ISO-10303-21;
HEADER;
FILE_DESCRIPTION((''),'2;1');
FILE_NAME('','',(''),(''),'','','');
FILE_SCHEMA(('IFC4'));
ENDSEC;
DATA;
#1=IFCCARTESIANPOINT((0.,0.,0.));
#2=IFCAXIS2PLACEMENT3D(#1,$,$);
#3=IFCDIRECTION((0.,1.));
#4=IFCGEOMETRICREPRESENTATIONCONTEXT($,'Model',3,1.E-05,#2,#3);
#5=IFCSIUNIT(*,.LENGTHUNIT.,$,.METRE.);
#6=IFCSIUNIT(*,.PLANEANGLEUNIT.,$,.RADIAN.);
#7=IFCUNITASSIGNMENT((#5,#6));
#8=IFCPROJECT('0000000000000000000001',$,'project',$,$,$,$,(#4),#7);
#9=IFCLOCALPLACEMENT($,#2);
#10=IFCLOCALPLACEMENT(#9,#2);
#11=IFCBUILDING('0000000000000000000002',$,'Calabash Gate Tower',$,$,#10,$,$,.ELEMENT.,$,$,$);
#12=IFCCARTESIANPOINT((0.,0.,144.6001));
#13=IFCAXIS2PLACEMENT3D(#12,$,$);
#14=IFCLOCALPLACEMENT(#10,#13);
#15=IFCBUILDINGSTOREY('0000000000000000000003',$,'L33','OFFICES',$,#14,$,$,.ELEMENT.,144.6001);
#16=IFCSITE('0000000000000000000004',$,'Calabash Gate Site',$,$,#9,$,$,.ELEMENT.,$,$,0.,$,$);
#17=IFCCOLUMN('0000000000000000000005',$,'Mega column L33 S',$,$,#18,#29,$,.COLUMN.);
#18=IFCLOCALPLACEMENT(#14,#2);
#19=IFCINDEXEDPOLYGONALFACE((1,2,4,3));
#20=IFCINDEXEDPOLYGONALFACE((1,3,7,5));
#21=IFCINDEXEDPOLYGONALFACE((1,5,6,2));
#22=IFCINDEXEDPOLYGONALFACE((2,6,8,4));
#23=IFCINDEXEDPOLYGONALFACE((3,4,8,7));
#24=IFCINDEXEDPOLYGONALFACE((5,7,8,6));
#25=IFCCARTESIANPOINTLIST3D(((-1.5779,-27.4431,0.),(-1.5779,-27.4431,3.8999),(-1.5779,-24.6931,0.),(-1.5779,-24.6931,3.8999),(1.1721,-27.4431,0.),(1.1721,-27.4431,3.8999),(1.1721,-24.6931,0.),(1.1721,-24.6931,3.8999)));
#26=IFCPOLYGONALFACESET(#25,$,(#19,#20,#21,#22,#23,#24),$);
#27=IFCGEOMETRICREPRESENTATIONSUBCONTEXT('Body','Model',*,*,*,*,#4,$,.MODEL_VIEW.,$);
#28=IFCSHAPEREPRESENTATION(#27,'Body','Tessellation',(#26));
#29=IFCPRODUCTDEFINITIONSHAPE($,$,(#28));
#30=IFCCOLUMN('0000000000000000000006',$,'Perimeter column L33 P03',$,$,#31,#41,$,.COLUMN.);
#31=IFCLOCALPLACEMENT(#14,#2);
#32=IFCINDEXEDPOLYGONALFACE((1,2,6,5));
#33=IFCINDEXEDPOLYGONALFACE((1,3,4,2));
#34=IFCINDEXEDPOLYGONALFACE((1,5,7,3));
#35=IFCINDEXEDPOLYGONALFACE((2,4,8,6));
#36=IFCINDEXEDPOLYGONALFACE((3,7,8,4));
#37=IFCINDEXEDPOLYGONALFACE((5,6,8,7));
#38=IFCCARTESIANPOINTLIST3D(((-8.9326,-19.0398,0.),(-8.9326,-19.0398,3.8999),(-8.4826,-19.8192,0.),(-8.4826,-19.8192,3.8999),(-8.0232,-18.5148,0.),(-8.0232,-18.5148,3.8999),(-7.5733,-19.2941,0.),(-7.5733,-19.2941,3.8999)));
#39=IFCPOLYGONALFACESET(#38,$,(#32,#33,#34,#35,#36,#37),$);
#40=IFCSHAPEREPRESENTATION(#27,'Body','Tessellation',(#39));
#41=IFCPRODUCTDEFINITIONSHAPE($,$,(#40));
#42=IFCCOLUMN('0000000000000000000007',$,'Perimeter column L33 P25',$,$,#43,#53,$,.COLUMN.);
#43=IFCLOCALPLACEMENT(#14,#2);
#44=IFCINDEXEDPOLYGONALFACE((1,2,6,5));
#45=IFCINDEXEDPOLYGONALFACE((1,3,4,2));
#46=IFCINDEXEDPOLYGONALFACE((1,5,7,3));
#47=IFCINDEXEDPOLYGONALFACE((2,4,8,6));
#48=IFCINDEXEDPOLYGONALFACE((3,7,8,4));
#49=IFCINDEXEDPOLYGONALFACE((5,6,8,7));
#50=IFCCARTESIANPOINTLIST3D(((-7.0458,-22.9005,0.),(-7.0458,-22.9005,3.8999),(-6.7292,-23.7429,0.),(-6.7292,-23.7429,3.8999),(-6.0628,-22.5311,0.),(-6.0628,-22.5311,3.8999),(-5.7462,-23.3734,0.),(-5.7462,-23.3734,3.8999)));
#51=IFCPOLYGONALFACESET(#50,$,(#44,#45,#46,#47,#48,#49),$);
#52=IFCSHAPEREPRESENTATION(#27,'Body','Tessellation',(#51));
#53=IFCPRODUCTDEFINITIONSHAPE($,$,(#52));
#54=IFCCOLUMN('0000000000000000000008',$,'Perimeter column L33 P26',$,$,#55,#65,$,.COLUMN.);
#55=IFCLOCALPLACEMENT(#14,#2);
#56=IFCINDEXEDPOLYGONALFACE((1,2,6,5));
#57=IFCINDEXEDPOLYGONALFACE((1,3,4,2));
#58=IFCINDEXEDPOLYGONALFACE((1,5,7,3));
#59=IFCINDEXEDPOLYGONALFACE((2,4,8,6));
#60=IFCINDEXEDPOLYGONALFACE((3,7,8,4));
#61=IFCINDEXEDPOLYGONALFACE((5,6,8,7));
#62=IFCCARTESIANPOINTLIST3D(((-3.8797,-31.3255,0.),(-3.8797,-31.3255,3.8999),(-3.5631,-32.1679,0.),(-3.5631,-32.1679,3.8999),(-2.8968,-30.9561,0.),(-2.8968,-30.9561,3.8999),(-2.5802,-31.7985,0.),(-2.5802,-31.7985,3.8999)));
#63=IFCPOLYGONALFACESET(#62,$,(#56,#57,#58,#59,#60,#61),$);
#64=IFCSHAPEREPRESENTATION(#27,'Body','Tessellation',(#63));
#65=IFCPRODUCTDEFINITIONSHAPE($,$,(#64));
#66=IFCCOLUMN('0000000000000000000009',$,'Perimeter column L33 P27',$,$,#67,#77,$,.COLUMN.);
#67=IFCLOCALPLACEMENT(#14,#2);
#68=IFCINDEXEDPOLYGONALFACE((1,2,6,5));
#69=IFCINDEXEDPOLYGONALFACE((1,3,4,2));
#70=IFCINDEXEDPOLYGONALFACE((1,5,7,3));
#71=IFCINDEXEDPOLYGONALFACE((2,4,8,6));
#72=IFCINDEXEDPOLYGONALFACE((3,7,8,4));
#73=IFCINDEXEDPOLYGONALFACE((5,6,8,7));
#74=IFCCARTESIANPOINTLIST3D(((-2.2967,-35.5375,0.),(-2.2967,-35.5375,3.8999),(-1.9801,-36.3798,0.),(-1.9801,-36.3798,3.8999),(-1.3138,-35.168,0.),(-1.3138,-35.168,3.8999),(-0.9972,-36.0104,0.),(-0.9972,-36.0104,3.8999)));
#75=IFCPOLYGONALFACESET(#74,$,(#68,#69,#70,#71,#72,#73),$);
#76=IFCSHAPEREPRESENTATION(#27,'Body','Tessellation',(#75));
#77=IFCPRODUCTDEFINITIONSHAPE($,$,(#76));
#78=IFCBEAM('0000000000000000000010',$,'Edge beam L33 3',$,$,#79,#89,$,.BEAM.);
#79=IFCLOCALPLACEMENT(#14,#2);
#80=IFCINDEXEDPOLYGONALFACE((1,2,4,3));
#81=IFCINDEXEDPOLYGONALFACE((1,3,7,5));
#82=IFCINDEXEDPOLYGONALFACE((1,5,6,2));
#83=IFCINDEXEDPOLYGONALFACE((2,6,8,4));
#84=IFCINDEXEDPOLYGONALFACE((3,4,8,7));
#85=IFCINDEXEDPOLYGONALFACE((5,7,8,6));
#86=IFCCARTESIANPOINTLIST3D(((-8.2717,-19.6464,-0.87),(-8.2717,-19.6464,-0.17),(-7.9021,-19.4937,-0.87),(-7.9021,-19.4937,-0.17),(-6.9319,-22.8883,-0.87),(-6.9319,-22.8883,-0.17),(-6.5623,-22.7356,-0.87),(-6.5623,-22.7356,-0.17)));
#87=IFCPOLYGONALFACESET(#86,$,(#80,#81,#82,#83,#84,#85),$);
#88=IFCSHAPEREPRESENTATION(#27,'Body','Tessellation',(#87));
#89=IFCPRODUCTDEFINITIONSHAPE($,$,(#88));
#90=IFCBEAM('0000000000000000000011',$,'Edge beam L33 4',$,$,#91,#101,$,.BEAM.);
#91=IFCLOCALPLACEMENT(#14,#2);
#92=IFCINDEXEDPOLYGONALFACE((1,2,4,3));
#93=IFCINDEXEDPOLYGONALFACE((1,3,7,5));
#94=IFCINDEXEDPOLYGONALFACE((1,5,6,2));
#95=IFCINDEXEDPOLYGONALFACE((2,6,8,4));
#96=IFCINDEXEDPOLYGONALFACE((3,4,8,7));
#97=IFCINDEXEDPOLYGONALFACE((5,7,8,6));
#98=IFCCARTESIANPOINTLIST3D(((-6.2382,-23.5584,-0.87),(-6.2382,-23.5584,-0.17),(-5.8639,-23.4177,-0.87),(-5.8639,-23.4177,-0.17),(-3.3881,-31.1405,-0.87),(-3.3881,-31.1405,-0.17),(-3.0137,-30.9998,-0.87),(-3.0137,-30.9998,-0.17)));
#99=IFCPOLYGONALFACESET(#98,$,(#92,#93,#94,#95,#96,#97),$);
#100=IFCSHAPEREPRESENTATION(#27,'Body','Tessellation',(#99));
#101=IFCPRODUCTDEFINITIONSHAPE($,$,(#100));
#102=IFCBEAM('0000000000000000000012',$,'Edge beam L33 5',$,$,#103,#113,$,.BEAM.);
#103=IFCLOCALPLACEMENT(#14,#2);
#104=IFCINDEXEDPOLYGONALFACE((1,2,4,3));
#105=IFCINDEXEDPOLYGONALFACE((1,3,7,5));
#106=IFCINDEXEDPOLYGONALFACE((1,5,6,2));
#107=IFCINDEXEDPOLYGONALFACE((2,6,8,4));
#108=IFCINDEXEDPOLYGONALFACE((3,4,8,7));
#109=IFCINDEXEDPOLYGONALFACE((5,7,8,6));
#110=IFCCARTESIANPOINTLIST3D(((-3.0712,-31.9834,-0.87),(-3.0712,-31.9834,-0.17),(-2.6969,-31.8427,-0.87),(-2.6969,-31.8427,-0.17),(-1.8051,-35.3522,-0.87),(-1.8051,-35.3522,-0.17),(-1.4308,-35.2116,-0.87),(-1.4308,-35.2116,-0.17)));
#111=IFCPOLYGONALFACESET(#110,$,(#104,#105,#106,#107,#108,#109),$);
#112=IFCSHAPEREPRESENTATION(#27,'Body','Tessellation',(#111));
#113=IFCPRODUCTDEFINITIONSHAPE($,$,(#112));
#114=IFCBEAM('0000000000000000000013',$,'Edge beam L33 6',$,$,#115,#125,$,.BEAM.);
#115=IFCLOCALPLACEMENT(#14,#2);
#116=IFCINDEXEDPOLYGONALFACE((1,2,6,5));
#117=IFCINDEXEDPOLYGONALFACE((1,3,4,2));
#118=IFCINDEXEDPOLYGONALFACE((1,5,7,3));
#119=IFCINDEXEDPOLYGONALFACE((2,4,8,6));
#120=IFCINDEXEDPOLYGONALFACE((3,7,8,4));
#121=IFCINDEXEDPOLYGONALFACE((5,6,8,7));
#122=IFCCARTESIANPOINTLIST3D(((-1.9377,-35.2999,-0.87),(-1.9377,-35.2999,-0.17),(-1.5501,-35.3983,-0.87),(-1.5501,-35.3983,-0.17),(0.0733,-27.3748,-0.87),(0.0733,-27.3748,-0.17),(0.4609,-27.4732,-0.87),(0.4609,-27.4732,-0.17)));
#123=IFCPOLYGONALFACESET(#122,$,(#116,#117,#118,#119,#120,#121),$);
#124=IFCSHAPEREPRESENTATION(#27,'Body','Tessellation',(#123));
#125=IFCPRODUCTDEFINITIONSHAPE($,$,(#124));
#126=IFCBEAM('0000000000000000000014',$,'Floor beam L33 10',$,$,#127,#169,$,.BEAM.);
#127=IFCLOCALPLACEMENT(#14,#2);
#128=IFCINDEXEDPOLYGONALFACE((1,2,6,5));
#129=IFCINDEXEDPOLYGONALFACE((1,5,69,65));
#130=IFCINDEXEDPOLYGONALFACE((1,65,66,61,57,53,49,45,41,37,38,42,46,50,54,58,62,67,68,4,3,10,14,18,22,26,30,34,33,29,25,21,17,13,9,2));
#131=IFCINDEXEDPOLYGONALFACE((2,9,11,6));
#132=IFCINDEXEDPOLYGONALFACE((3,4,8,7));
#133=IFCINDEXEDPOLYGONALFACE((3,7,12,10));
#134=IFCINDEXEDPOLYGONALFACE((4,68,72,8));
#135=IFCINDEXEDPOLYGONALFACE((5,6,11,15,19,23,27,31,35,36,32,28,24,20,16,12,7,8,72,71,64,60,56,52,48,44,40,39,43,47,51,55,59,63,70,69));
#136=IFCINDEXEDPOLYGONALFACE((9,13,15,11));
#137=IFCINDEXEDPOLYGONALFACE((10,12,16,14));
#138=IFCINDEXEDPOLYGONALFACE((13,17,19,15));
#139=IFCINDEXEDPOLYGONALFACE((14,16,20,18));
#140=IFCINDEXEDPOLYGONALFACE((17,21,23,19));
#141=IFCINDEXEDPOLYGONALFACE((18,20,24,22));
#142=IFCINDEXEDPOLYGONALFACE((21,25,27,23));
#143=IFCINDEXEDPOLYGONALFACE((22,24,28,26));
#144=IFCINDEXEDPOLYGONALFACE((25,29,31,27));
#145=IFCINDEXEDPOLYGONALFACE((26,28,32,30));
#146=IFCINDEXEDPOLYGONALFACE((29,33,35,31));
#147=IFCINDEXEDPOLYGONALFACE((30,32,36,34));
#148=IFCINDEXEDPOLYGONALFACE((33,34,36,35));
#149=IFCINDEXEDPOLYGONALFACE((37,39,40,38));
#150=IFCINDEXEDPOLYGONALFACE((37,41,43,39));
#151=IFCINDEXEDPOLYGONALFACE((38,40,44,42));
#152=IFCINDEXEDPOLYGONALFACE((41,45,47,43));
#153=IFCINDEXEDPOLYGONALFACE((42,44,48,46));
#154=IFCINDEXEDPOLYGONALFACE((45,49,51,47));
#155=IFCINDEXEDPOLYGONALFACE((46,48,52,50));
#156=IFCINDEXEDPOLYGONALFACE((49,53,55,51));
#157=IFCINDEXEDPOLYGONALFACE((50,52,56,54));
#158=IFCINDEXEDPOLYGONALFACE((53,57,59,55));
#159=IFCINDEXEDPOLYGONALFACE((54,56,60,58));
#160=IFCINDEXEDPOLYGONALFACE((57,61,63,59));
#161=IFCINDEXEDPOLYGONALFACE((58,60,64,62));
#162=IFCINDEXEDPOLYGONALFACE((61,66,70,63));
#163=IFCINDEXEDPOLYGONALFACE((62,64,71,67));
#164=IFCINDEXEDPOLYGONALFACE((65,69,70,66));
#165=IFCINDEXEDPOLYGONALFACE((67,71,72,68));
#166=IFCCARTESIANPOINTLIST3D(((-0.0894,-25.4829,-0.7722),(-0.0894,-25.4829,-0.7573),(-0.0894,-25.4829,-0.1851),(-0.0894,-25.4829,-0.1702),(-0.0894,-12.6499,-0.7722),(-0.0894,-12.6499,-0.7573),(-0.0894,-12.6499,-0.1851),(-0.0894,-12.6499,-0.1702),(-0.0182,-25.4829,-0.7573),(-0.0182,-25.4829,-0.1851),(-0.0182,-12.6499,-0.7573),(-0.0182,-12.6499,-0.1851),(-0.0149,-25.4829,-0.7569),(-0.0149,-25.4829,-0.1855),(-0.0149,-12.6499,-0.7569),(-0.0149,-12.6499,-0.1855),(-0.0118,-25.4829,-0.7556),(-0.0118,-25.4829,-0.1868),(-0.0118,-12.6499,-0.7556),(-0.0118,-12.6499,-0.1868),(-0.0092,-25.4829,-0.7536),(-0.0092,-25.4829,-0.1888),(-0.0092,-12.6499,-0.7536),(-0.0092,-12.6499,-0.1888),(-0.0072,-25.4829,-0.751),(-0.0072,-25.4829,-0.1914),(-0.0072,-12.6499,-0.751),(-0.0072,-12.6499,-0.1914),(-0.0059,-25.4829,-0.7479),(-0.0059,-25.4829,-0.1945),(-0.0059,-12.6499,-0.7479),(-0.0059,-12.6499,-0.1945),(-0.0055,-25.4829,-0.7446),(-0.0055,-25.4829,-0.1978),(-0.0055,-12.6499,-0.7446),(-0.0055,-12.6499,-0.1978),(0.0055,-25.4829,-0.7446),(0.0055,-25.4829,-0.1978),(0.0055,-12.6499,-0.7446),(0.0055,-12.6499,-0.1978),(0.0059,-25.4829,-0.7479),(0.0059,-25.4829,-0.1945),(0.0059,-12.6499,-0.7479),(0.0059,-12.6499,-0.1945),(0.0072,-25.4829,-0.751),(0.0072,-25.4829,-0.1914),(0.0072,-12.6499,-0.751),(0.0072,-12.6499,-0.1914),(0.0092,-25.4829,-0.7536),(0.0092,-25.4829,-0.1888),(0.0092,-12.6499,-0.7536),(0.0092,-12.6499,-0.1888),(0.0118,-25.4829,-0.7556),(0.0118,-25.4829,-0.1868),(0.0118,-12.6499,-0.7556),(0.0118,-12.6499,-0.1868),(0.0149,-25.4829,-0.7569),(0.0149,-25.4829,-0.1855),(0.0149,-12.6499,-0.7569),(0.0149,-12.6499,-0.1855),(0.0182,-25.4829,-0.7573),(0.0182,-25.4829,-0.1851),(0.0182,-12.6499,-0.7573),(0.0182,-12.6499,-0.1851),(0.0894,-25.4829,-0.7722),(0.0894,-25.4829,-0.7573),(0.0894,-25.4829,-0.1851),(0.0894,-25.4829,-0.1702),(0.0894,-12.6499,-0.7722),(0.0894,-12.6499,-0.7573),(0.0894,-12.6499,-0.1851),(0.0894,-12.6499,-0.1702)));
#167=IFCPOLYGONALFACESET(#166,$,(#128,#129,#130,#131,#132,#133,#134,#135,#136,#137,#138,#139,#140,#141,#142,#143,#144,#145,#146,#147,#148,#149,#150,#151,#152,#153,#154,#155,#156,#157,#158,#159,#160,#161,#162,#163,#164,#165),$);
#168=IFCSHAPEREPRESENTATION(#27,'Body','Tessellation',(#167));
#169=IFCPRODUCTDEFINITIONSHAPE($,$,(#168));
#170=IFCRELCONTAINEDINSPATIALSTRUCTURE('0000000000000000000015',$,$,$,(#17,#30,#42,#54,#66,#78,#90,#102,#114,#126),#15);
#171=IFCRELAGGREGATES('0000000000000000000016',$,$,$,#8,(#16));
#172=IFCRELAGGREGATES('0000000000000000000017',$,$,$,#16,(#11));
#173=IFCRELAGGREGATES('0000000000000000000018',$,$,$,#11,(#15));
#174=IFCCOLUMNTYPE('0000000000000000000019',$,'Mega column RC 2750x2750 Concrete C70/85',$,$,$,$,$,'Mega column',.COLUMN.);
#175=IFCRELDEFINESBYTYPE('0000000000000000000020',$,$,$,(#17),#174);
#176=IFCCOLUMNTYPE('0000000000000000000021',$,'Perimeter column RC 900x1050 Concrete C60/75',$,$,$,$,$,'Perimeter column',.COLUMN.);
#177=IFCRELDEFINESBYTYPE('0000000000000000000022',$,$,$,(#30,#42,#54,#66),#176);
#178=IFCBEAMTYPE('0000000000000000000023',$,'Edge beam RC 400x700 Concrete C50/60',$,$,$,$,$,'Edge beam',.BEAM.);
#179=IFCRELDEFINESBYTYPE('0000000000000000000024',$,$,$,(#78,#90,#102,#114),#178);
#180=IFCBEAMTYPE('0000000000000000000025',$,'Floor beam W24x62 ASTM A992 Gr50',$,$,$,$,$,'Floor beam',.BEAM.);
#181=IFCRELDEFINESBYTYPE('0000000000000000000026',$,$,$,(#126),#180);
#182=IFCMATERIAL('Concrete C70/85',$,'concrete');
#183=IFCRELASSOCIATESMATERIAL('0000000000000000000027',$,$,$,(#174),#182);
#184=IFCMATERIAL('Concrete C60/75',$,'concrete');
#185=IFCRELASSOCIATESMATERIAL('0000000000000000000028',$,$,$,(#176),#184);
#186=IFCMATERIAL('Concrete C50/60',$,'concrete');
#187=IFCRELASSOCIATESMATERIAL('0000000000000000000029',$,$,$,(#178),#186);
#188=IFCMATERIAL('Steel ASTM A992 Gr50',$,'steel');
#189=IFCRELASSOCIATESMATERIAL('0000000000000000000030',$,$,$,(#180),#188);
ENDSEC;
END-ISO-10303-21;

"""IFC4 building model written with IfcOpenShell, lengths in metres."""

from ifc_helpers import new_model, si_unit, direction, frame, origin, origin_2d, place, context, subcontext, project, spatial, rectangle, i_section, extrude, material, material_profile, profile_set, type_object, element, save


model = new_model("IFC4")

# Units and contexts
model_context = context("Model", 3, precision=1e-05, world=origin(), true_north=direction((0.0, 1.0)))
body_context = subcontext(model_context, "Body", "Model", "MODEL_VIEW")
ifc_project = project(units=[si_unit("LENGTHUNIT", "METRE"), si_unit("PLANEANGLEUNIT", "RADIAN")], contexts=[model_context])

# Site, building, storey
site_placement = place(None, origin())
site = spatial("IfcSite", under=ifc_project, at=site_placement, Name="Calabash Gate Site", CompositionType="ELEMENT", RefElevation=0.0)
building_placement = place(site_placement, origin())
building = spatial("IfcBuilding", under=site, at=building_placement, Name="Calabash Gate Tower", CompositionType="ELEMENT")
storey_placement = place(building_placement, frame((0.0, 0.0, 144.6001)))
storey = spatial("IfcBuildingStorey", under=building, at=storey_placement, Name="L33", Description="OFFICES", CompositionType="ELEMENT", Elevation=144.6001)

# Columns
ifc_material_1 = material(Name="Concrete C70/85", Category="concrete")
ifc_material_profile_1 = material_profile(ifc_material_1, rectangle(XDim=2.75, YDim=2.75, at=origin_2d()))
ifc_profile_set_1 = profile_set([ifc_material_profile_1], Name="Concrete C70/85")
column_type_1 = type_object("IfcColumnType", Name="Mega column RC 2750x2750 Concrete C70/85", ElementType="Mega column", PredefinedType="COLUMN", material=ifc_profile_set_1)
column_placement = place(storey_placement, frame((-0.2029, -26.0681, 0.0), z_axis=(0.0, 0.0, 1.0), x_axis=(0.0, 1.0, 0.0)))
element("IfcColumn", 1, at=column_placement, inside=storey, type_object=column_type_1, Name="Mega column L33 S", PredefinedType="COLUMN", context=body_context, shape_type="SweptSolid", body=[
    extrude(rectangle(XDim=2.75, YDim=2.75, at=origin_2d()), origin(), (0.0, 0.0, 1.0), 3.8999),
])
ifc_material_2 = material(Name="Concrete C60/75", Category="concrete")
ifc_material_profile_2 = material_profile(ifc_material_2, rectangle(XDim=0.8999, YDim=1.05, at=origin_2d()))
ifc_profile_set_2 = profile_set([ifc_material_profile_2], Name="Concrete C60/75")
column_type_2 = type_object("IfcColumnType", Name="Perimeter column RC 900x1050 Concrete C60/75", ElementType="Perimeter column", PredefinedType="COLUMN", material=ifc_profile_set_2)
for number, where, z_axis, x_axis, name in (
    (2, (-8.2529, -19.167, 0.0), (0.0, 0.0, 1.0), (0.5, -0.866025, 0.0), "Perimeter column L33 P03"),
    (3, (-6.396, -23.137, 0.0), (0.0, 0.0, 1.0), (0.351822, -0.936067, 0.0), "Perimeter column L33 P25"),
    (4, (-3.23, -31.562, 0.0), (0.0, 0.0, 1.0), (0.351822, -0.936067, 0.0), "Perimeter column L33 P26"),
    (5, (-1.647, -35.7739, 0.0), (0.0, 0.0, 1.0), (0.351822, -0.936067, 0.0), "Perimeter column L33 P27"),
):
    element("IfcColumn", number, at=place(storey_placement, frame(where, z_axis=z_axis, x_axis=x_axis)), inside=storey, type_object=column_type_2, Name=name, PredefinedType="COLUMN", context=body_context, shape_type="SweptSolid", body=[
        extrude(rectangle(XDim=0.8999, YDim=1.05, at=origin_2d()), origin(), (0.0, 0.0, 1.0), 3.8999),
    ])

# Beams
ifc_material_3 = material(Name="Concrete C50/60", Category="concrete")
ifc_material_profile_3 = material_profile(ifc_material_3, rectangle(XDim=0.3999, YDim=0.7, at=origin_2d()))
ifc_profile_set_3 = profile_set([ifc_material_profile_3], Name="Concrete C50/60")
beam_type_1 = type_object("IfcBeamType", Name="Edge beam RC 400x700 Concrete C50/60", ElementType="Edge beam", PredefinedType="BEAM", material=ifc_profile_set_3)
beam_1_placement = place(storey_placement, frame((-8.0869, -19.5701, -0.52), z_axis=(0.38195, -0.924183, 0.0), x_axis=(0.924183, 0.38195, 0.0)))
element("IfcBeam", 6, at=beam_1_placement, inside=storey, type_object=beam_type_1, Name="Edge beam L33 3", PredefinedType="BEAM", context=body_context, shape_type="SweptSolid", body=[
    extrude(rectangle(XDim=0.3999, YDim=0.7, at=origin_2d()), origin(), (0.0, 0.0, 1.0), 3.5078),
])
beam_2_placement = place(storey_placement, frame((-6.051, -23.488, -0.52), z_axis=(0.351863, -0.936051, 0.0), x_axis=(0.936051, 0.351863, 0.0)))
element("IfcBeam", 7, at=beam_2_placement, inside=storey, type_object=beam_type_1, Name="Edge beam L33 4", PredefinedType="BEAM", context=body_context, shape_type="SweptSolid", body=[
    extrude(rectangle(XDim=0.3999, YDim=0.7, at=origin_2d()), origin(), (0.0, 0.0, 1.0), 8.1001),
])
beam_3_placement = place(storey_placement, frame((-2.884, -31.9131, -0.52), z_axis=(0.3518, -0.936075, 0.0), x_axis=(0.936075, 0.3518, 0.0)))
element("IfcBeam", 8, at=beam_3_placement, inside=storey, type_object=beam_type_1, Name="Edge beam L33 5", PredefinedType="BEAM", context=body_context, shape_type="SweptSolid", body=[
    extrude(rectangle(XDim=0.3999, YDim=0.7, at=origin_2d()), origin(), (0.0, 0.0, 1.0), 3.5989),
])
beam_4_placement = place(storey_placement, frame((-1.7439, -35.3491, -0.52), z_axis=(0.245956, 0.969281, 0.0), x_axis=(-0.969281, 0.245956, 0.0)))
element("IfcBeam", 9, at=beam_4_placement, inside=storey, type_object=beam_type_1, Name="Edge beam L33 6", PredefinedType="BEAM", context=body_context, shape_type="SweptSolid", body=[
    extrude(rectangle(XDim=0.3999, YDim=0.7, at=origin_2d()), origin(), (0.0, 0.0, 1.0), 8.1763),
])
ifc_material_4 = material(Name="Steel ASTM A992 Gr50", Category="steel")
ifc_material_profile_4 = material_profile(ifc_material_4, i_section(OverallWidth=0.1787, OverallDepth=0.6021, WebThickness=0.011, FlangeThickness=0.0149, FilletRadius=0.0127, at=origin_2d()))
ifc_profile_set_4 = profile_set([ifc_material_profile_4], Name="Steel ASTM A992 Gr50")
beam_type_2 = type_object("IfcBeamType", Name="Floor beam W24x62 ASTM A992 Gr50", ElementType="Floor beam", PredefinedType="BEAM", material=ifc_profile_set_4)
beam_5_placement = place(storey_placement, frame((0.0, -25.4829, -0.4712), z_axis=(0.0, 1.0, 0.0), x_axis=(-1.0, 0.0, 0.0)))
element("IfcBeam", 10, at=beam_5_placement, inside=storey, type_object=beam_type_2, Name="Floor beam L33 10", PredefinedType="BEAM", context=body_context, shape_type="SweptSolid", body=[
    extrude(i_section(OverallWidth=0.1787, OverallDepth=0.6021, WebThickness=0.011, FlangeThickness=0.0149, FilletRadius=0.0127, at=origin_2d()), origin(), (0.0, 0.0, 1.0), 12.833),
])

save(model, "model.ifc")
